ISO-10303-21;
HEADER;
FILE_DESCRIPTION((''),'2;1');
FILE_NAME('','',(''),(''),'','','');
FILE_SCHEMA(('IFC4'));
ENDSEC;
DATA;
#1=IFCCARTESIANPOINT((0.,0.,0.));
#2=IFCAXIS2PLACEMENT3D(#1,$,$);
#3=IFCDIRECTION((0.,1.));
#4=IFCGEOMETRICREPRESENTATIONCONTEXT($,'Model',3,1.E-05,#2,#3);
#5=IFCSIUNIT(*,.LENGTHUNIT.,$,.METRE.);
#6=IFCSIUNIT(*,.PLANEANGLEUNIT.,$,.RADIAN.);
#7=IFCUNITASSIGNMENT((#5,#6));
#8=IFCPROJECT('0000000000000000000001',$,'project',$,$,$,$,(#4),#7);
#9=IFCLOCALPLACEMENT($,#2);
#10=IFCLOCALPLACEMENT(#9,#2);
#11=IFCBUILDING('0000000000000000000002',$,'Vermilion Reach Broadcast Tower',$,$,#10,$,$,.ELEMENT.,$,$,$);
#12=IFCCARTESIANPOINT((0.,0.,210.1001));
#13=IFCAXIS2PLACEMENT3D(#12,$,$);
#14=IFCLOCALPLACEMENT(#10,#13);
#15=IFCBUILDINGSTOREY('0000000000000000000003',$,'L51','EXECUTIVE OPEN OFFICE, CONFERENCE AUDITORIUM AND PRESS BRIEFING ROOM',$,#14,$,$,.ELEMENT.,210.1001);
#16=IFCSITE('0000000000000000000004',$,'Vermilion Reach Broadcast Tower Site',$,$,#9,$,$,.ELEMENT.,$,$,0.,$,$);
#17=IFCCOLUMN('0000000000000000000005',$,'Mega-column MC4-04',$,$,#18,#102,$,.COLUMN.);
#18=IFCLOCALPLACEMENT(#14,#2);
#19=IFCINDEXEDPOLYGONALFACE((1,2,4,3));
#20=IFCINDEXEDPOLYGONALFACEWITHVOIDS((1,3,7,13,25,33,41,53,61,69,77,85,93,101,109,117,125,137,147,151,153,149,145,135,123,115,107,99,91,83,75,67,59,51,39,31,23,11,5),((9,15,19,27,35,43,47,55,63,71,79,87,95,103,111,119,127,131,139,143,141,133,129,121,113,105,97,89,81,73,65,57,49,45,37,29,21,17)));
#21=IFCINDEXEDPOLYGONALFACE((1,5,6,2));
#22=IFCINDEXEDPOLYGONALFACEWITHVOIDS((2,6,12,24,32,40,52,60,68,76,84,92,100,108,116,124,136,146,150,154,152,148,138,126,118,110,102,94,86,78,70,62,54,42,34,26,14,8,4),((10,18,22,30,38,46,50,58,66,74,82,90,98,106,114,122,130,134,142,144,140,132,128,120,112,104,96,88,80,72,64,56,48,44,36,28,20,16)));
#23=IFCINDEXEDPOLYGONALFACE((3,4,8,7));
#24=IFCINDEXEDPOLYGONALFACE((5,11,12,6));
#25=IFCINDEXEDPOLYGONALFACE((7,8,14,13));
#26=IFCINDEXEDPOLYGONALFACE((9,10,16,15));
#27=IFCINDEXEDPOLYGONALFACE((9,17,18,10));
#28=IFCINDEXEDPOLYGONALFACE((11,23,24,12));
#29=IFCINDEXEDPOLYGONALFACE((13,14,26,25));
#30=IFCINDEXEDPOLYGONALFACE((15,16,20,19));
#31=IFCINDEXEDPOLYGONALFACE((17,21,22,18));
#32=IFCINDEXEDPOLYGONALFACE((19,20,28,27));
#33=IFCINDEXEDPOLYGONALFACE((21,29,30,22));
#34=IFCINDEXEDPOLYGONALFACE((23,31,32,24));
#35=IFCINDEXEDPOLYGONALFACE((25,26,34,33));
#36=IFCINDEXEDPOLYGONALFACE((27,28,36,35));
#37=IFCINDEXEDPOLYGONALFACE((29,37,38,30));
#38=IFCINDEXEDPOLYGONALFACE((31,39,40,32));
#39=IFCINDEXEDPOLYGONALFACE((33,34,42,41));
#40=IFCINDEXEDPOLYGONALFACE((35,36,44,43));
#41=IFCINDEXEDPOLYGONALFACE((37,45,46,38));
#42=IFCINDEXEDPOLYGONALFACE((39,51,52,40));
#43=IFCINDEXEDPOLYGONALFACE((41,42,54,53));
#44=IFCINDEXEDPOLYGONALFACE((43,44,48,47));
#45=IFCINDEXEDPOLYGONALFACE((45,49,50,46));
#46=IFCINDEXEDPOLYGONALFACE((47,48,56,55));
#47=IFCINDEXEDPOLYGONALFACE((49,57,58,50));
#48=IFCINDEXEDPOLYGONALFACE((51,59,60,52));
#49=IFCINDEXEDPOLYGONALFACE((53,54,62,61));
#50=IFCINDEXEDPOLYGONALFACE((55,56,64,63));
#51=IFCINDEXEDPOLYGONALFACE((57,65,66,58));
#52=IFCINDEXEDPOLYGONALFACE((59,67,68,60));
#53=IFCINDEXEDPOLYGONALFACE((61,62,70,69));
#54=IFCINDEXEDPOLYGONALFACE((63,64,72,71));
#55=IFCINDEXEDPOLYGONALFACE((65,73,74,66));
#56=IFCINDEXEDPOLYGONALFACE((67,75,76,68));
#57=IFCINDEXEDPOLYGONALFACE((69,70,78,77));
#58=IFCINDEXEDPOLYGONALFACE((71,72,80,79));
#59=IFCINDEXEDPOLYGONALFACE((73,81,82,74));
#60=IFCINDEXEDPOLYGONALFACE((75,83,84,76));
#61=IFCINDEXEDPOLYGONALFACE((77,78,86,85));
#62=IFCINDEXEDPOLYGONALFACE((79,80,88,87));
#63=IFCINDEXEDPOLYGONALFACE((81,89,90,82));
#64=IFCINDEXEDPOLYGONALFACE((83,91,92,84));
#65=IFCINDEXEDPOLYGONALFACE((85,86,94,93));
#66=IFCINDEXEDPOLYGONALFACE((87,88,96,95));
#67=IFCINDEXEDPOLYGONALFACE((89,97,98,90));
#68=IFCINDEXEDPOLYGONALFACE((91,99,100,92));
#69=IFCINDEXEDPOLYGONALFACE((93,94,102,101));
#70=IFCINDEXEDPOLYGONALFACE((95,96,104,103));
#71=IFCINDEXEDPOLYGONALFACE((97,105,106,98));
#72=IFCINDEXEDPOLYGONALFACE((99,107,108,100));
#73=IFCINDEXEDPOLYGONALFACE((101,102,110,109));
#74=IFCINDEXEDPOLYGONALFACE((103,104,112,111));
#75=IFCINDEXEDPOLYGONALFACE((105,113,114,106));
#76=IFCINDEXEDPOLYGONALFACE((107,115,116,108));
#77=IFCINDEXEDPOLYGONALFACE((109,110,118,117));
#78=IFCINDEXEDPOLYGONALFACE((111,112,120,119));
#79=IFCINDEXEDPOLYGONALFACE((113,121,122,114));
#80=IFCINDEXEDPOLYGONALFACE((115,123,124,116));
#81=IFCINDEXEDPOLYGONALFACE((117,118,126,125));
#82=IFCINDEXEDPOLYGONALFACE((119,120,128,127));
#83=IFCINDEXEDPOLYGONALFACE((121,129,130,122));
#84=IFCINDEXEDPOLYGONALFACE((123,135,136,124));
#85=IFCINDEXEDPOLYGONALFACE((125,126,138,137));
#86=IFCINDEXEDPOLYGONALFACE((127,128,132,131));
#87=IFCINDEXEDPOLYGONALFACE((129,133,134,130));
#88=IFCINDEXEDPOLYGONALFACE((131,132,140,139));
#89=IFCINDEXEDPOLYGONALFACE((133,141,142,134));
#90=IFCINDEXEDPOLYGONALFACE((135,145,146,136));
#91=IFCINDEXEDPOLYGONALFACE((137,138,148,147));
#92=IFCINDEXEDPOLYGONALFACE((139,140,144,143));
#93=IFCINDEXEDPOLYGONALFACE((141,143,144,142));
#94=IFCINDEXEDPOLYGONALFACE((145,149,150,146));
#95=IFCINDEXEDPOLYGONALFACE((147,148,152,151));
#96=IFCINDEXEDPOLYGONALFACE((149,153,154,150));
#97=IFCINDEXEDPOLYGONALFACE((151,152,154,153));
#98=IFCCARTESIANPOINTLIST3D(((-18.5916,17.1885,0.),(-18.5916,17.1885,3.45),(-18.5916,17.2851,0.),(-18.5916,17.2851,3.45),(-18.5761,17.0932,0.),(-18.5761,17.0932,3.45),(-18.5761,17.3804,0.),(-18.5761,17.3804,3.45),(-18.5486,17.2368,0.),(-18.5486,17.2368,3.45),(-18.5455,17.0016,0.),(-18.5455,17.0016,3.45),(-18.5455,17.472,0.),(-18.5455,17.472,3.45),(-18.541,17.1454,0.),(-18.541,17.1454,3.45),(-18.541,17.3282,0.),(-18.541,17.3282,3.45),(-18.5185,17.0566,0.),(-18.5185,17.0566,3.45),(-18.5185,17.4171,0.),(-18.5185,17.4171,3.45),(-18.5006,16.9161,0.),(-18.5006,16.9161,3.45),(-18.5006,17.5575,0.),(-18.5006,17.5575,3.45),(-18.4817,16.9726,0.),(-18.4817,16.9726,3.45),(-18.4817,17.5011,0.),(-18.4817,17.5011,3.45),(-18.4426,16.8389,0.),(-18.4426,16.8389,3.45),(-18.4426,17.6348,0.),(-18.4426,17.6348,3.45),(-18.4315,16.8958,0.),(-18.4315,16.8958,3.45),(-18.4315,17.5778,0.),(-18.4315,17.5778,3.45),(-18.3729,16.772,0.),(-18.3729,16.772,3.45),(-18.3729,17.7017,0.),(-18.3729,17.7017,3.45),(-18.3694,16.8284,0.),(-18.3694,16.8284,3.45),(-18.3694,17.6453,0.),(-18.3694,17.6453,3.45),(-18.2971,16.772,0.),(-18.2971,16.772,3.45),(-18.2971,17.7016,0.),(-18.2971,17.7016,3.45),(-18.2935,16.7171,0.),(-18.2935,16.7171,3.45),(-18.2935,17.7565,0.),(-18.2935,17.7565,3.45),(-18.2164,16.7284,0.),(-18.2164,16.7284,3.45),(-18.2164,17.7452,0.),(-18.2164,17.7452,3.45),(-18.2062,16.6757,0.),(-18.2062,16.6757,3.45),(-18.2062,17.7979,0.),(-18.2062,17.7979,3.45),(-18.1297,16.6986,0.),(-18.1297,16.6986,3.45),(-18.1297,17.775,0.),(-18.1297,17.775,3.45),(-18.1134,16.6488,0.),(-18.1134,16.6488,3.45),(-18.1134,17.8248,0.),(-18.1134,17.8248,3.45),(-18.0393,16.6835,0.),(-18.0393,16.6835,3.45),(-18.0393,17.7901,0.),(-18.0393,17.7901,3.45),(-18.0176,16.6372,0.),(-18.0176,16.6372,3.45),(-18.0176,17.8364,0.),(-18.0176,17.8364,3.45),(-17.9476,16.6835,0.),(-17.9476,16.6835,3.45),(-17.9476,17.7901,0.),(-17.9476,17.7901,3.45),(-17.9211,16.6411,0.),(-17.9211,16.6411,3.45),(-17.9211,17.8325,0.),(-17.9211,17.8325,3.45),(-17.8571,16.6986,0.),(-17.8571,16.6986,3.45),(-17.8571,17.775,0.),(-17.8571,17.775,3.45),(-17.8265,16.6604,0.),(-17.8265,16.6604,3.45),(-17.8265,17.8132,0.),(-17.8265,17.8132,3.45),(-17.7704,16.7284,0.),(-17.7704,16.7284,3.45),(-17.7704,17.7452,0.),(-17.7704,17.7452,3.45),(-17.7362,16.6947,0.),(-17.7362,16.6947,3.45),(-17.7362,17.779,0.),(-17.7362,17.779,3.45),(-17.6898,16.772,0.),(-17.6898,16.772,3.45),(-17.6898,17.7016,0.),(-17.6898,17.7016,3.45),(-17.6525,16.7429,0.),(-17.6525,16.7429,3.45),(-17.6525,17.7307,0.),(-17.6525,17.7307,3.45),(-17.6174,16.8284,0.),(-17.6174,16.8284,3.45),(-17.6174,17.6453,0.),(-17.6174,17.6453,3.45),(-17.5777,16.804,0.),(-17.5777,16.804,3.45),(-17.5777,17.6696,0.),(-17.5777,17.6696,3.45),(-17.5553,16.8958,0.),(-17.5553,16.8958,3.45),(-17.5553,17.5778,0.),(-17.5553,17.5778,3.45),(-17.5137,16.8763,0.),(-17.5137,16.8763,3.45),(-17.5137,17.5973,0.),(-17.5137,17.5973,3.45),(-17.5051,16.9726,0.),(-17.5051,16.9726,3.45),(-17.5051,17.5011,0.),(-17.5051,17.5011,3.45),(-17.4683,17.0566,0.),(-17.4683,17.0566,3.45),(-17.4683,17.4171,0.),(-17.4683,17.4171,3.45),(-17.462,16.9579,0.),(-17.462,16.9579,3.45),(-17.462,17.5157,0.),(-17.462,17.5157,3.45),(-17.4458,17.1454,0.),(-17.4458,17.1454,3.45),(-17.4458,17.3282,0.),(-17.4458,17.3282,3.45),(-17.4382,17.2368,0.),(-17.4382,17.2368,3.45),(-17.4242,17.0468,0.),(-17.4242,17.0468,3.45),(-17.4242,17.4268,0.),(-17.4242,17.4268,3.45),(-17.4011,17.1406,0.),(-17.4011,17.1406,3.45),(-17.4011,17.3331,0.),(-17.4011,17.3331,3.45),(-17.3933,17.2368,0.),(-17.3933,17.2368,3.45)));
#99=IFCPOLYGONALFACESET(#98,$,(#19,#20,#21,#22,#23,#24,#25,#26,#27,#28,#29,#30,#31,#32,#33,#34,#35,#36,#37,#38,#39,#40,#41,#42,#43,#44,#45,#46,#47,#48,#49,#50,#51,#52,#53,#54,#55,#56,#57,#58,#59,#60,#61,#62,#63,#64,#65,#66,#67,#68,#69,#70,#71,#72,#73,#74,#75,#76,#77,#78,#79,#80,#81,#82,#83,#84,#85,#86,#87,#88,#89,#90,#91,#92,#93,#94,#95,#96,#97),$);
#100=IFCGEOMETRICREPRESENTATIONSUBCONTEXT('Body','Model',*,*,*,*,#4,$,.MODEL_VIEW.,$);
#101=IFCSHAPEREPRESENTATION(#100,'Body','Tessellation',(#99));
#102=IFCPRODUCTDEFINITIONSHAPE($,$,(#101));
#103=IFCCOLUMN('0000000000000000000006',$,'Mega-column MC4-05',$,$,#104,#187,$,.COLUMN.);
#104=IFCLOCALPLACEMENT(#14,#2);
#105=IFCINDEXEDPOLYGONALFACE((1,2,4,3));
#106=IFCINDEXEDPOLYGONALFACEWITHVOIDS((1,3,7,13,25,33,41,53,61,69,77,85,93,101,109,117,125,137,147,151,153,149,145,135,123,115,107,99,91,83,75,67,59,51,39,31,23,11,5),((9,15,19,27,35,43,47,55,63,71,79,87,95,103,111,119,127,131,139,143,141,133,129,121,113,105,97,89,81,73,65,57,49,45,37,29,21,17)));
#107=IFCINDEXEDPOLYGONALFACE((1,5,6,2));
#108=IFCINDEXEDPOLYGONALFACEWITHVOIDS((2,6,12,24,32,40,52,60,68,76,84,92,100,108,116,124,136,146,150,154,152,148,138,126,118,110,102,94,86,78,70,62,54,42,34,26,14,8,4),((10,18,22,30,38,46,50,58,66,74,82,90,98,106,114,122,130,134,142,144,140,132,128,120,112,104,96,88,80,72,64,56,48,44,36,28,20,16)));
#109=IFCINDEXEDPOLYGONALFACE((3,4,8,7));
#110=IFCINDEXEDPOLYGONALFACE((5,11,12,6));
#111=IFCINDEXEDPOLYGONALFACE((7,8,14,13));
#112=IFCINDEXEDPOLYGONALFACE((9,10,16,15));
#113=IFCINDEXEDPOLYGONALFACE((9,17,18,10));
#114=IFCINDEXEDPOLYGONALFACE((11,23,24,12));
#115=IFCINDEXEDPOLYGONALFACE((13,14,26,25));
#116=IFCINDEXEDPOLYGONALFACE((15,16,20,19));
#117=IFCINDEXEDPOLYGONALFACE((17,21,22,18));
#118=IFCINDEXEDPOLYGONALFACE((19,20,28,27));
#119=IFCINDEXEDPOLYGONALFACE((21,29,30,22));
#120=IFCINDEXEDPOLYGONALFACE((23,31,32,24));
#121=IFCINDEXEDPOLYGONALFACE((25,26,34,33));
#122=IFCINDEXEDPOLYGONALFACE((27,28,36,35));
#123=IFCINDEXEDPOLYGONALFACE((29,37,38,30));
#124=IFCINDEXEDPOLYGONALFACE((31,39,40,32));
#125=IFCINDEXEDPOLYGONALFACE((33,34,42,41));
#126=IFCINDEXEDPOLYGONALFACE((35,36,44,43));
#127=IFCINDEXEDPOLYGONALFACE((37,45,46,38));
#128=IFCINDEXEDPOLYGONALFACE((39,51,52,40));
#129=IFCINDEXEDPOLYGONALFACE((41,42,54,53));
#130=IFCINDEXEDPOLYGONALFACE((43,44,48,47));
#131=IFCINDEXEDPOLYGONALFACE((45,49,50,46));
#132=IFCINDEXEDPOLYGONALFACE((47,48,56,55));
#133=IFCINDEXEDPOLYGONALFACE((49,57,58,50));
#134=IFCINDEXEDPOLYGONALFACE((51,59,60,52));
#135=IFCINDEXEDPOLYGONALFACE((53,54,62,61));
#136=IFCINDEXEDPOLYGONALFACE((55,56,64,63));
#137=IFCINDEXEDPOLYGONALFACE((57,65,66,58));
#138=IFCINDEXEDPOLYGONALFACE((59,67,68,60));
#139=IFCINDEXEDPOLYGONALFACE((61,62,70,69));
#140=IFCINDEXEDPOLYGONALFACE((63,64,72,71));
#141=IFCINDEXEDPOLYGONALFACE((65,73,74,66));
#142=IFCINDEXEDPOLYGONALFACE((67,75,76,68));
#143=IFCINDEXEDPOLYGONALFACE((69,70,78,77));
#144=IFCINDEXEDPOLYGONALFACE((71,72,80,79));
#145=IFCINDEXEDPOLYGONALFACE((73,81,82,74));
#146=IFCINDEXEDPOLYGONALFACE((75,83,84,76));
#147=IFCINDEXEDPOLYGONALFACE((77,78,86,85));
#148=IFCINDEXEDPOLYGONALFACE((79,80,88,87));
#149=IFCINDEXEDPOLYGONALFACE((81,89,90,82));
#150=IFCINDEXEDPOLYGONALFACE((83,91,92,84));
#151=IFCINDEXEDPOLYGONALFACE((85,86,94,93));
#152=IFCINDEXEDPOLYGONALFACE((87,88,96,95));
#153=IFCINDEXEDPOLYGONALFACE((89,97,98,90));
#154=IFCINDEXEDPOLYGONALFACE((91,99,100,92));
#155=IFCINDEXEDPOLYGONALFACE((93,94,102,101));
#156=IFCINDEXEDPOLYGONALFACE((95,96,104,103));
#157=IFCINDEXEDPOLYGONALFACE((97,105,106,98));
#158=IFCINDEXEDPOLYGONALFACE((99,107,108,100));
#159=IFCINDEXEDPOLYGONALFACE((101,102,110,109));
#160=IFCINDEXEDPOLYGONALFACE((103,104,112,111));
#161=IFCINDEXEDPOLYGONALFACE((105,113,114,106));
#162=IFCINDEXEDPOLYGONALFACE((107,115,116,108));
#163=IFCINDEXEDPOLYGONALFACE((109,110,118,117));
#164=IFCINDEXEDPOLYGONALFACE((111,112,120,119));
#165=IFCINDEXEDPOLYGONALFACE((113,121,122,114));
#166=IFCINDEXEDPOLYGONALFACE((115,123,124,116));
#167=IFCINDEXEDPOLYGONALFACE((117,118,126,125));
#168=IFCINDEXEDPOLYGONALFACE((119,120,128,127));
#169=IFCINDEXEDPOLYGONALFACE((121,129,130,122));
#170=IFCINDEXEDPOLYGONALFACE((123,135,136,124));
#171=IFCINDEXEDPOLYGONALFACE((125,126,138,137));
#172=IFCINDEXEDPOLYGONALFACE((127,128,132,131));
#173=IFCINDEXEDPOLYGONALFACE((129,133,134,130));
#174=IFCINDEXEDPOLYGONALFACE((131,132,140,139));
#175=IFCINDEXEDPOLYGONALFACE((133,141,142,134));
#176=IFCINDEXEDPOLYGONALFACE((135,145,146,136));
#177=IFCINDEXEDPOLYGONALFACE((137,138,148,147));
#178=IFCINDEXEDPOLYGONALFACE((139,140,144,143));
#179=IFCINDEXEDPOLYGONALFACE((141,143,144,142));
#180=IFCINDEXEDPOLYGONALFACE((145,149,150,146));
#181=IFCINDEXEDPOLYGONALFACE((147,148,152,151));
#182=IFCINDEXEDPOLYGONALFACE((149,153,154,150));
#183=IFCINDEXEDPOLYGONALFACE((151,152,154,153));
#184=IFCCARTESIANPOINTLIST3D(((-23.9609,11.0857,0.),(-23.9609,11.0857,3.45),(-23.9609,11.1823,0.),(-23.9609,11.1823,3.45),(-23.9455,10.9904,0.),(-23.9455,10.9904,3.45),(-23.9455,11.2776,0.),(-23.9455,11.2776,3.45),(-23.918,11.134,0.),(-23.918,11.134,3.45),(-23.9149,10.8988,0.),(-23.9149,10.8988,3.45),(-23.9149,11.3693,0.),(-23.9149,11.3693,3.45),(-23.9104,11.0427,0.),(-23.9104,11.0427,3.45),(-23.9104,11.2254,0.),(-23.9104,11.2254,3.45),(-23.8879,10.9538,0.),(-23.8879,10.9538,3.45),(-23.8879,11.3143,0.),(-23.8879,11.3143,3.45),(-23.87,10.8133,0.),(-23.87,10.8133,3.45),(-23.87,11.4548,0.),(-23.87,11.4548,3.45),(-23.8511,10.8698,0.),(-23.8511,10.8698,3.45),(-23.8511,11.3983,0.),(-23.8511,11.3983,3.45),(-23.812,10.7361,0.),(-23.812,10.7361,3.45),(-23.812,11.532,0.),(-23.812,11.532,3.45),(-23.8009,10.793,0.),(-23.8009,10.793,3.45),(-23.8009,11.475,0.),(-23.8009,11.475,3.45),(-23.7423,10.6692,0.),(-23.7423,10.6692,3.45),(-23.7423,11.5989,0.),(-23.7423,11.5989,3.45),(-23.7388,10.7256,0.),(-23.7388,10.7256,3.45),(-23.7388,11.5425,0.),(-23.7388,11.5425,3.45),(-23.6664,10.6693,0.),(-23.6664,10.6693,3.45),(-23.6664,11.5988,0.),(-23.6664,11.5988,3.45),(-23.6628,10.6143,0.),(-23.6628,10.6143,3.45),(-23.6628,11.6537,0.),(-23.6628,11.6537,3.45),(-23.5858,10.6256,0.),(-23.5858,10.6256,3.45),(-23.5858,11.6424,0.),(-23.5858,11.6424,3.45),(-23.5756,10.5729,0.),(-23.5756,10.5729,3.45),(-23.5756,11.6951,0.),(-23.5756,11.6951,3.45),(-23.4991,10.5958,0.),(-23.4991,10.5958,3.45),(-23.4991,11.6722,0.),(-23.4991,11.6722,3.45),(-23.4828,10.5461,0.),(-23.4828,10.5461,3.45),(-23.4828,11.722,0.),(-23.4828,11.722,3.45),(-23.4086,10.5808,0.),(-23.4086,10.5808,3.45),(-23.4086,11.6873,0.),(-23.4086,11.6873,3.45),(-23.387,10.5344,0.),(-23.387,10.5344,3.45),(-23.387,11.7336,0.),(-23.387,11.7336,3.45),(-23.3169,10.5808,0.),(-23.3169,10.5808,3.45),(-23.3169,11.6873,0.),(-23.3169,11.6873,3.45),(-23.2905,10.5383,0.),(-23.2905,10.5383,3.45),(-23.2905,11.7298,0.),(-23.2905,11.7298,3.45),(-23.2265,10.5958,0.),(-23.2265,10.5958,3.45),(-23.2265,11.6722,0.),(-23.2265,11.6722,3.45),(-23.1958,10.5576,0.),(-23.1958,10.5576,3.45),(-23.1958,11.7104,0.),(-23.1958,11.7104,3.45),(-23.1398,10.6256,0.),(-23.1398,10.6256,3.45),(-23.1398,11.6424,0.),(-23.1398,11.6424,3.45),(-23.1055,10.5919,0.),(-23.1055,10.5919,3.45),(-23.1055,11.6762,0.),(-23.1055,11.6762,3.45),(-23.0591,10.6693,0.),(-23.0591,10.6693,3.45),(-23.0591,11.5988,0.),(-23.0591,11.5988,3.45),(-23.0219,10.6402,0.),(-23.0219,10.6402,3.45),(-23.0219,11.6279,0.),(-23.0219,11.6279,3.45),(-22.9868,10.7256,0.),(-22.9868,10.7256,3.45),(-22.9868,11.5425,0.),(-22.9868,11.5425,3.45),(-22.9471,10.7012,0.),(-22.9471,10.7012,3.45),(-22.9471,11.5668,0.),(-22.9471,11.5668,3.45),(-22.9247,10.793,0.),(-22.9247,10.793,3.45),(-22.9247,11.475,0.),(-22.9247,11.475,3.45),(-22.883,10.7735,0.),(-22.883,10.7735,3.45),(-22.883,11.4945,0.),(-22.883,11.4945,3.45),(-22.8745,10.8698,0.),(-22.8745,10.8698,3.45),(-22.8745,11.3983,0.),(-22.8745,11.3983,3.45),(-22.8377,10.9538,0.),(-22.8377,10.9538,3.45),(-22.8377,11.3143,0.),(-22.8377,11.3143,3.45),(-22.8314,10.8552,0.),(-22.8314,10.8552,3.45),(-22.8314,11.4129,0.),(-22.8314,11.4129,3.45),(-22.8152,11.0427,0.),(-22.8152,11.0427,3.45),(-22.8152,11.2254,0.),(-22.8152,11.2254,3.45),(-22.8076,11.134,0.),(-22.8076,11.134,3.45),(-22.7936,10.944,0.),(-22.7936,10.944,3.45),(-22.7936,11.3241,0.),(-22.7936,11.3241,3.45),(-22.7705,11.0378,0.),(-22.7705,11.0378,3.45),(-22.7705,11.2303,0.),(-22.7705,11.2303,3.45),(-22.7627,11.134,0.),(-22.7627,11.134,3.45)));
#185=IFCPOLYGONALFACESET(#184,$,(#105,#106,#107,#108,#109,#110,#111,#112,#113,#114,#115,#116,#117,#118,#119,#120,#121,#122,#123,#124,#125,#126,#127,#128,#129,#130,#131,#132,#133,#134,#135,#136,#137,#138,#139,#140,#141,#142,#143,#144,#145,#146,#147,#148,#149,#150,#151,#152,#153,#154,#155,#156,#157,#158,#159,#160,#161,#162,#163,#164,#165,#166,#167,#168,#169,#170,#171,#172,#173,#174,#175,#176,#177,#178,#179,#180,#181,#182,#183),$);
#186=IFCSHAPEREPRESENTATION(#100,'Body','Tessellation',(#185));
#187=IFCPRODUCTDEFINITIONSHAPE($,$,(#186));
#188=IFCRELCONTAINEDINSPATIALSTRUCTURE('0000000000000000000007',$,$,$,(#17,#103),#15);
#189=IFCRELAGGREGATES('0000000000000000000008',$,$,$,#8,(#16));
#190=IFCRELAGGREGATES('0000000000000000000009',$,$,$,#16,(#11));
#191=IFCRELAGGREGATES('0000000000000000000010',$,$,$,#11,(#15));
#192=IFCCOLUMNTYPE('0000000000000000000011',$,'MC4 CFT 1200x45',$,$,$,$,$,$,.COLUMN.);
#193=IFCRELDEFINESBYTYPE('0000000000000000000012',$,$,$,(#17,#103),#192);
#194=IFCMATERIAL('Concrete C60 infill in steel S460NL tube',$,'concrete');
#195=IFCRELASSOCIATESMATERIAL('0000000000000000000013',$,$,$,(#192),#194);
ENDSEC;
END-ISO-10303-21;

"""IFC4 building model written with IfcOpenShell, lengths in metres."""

from ifc_helpers import new_model, si_unit, direction, frame, origin, origin_2d, place, context, subcontext, project, spatial, hollow_circle, extrude, material, material_profile, profile_set, type_object, element, save


model = new_model("IFC4")

# Units and contexts
model_context = context("Model", 3, precision=1e-05, world=origin(), true_north=direction((0.0, 1.0)))
body_context = subcontext(model_context, "Body", "Model", "MODEL_VIEW")
ifc_project = project(units=[si_unit("LENGTHUNIT", "METRE"), si_unit("PLANEANGLEUNIT", "RADIAN")], contexts=[model_context])

# Site, building, storey
site_placement = place(None, origin())
site = spatial("IfcSite", under=ifc_project, at=site_placement, Name="Vermilion Reach Broadcast Tower Site", CompositionType="ELEMENT", RefElevation=0.0)
building_placement = place(site_placement, origin())
building = spatial("IfcBuilding", under=site, at=building_placement, Name="Vermilion Reach Broadcast Tower", CompositionType="ELEMENT")
storey_placement = place(building_placement, frame((0.0, 0.0, 210.1001)))
storey = spatial("IfcBuildingStorey", under=building, at=storey_placement, Name="L51", Description="EXECUTIVE OPEN OFFICE, CONFERENCE AUDITORIUM AND PRESS BRIEFING ROOM", CompositionType="ELEMENT", Elevation=210.1001)

# Columns
ifc_material_1 = material(Name="Concrete C60 infill in steel S460NL tube", Category="concrete")
ifc_material_profile_1 = material_profile(ifc_material_1, hollow_circle(Radius=0.6001, WallThickness=0.0449, at=origin_2d()), Name="Concrete C60 infill in steel S460NL tube CFT 1200x45")
ifc_profile_set_1 = profile_set([ifc_material_profile_1], Name="Concrete C60 infill in steel S460NL tube")
column_type = type_object("IfcColumnType", Name="MC4 CFT 1200x45", PredefinedType="COLUMN", material=ifc_profile_set_1)
for number, where, z_axis, x_axis, name in (
    (1, (-17.9934, 17.2368, 0.0), (0.0, 0.0, 1.0), (1.0, 0.0, 0.0), "Mega-column MC4-04"),
    (2, (-23.3628, 11.134, 0.0), (0.0, 0.0, 1.0), (1.0, 0.0, 0.0), "Mega-column MC4-05"),
):
    element("IfcColumn", number, at=place(storey_placement, frame(where, z_axis=z_axis, x_axis=x_axis)), inside=storey, type_object=column_type, Name=name, PredefinedType="COLUMN", context=body_context, shape_type="SweptSolid", body=[
        extrude(hollow_circle(Radius=0.6001, WallThickness=0.0449, at=origin_2d()), origin(), (0.0, 0.0, 1.0), 3.45),
    ])

save(model, "model.ifc")
